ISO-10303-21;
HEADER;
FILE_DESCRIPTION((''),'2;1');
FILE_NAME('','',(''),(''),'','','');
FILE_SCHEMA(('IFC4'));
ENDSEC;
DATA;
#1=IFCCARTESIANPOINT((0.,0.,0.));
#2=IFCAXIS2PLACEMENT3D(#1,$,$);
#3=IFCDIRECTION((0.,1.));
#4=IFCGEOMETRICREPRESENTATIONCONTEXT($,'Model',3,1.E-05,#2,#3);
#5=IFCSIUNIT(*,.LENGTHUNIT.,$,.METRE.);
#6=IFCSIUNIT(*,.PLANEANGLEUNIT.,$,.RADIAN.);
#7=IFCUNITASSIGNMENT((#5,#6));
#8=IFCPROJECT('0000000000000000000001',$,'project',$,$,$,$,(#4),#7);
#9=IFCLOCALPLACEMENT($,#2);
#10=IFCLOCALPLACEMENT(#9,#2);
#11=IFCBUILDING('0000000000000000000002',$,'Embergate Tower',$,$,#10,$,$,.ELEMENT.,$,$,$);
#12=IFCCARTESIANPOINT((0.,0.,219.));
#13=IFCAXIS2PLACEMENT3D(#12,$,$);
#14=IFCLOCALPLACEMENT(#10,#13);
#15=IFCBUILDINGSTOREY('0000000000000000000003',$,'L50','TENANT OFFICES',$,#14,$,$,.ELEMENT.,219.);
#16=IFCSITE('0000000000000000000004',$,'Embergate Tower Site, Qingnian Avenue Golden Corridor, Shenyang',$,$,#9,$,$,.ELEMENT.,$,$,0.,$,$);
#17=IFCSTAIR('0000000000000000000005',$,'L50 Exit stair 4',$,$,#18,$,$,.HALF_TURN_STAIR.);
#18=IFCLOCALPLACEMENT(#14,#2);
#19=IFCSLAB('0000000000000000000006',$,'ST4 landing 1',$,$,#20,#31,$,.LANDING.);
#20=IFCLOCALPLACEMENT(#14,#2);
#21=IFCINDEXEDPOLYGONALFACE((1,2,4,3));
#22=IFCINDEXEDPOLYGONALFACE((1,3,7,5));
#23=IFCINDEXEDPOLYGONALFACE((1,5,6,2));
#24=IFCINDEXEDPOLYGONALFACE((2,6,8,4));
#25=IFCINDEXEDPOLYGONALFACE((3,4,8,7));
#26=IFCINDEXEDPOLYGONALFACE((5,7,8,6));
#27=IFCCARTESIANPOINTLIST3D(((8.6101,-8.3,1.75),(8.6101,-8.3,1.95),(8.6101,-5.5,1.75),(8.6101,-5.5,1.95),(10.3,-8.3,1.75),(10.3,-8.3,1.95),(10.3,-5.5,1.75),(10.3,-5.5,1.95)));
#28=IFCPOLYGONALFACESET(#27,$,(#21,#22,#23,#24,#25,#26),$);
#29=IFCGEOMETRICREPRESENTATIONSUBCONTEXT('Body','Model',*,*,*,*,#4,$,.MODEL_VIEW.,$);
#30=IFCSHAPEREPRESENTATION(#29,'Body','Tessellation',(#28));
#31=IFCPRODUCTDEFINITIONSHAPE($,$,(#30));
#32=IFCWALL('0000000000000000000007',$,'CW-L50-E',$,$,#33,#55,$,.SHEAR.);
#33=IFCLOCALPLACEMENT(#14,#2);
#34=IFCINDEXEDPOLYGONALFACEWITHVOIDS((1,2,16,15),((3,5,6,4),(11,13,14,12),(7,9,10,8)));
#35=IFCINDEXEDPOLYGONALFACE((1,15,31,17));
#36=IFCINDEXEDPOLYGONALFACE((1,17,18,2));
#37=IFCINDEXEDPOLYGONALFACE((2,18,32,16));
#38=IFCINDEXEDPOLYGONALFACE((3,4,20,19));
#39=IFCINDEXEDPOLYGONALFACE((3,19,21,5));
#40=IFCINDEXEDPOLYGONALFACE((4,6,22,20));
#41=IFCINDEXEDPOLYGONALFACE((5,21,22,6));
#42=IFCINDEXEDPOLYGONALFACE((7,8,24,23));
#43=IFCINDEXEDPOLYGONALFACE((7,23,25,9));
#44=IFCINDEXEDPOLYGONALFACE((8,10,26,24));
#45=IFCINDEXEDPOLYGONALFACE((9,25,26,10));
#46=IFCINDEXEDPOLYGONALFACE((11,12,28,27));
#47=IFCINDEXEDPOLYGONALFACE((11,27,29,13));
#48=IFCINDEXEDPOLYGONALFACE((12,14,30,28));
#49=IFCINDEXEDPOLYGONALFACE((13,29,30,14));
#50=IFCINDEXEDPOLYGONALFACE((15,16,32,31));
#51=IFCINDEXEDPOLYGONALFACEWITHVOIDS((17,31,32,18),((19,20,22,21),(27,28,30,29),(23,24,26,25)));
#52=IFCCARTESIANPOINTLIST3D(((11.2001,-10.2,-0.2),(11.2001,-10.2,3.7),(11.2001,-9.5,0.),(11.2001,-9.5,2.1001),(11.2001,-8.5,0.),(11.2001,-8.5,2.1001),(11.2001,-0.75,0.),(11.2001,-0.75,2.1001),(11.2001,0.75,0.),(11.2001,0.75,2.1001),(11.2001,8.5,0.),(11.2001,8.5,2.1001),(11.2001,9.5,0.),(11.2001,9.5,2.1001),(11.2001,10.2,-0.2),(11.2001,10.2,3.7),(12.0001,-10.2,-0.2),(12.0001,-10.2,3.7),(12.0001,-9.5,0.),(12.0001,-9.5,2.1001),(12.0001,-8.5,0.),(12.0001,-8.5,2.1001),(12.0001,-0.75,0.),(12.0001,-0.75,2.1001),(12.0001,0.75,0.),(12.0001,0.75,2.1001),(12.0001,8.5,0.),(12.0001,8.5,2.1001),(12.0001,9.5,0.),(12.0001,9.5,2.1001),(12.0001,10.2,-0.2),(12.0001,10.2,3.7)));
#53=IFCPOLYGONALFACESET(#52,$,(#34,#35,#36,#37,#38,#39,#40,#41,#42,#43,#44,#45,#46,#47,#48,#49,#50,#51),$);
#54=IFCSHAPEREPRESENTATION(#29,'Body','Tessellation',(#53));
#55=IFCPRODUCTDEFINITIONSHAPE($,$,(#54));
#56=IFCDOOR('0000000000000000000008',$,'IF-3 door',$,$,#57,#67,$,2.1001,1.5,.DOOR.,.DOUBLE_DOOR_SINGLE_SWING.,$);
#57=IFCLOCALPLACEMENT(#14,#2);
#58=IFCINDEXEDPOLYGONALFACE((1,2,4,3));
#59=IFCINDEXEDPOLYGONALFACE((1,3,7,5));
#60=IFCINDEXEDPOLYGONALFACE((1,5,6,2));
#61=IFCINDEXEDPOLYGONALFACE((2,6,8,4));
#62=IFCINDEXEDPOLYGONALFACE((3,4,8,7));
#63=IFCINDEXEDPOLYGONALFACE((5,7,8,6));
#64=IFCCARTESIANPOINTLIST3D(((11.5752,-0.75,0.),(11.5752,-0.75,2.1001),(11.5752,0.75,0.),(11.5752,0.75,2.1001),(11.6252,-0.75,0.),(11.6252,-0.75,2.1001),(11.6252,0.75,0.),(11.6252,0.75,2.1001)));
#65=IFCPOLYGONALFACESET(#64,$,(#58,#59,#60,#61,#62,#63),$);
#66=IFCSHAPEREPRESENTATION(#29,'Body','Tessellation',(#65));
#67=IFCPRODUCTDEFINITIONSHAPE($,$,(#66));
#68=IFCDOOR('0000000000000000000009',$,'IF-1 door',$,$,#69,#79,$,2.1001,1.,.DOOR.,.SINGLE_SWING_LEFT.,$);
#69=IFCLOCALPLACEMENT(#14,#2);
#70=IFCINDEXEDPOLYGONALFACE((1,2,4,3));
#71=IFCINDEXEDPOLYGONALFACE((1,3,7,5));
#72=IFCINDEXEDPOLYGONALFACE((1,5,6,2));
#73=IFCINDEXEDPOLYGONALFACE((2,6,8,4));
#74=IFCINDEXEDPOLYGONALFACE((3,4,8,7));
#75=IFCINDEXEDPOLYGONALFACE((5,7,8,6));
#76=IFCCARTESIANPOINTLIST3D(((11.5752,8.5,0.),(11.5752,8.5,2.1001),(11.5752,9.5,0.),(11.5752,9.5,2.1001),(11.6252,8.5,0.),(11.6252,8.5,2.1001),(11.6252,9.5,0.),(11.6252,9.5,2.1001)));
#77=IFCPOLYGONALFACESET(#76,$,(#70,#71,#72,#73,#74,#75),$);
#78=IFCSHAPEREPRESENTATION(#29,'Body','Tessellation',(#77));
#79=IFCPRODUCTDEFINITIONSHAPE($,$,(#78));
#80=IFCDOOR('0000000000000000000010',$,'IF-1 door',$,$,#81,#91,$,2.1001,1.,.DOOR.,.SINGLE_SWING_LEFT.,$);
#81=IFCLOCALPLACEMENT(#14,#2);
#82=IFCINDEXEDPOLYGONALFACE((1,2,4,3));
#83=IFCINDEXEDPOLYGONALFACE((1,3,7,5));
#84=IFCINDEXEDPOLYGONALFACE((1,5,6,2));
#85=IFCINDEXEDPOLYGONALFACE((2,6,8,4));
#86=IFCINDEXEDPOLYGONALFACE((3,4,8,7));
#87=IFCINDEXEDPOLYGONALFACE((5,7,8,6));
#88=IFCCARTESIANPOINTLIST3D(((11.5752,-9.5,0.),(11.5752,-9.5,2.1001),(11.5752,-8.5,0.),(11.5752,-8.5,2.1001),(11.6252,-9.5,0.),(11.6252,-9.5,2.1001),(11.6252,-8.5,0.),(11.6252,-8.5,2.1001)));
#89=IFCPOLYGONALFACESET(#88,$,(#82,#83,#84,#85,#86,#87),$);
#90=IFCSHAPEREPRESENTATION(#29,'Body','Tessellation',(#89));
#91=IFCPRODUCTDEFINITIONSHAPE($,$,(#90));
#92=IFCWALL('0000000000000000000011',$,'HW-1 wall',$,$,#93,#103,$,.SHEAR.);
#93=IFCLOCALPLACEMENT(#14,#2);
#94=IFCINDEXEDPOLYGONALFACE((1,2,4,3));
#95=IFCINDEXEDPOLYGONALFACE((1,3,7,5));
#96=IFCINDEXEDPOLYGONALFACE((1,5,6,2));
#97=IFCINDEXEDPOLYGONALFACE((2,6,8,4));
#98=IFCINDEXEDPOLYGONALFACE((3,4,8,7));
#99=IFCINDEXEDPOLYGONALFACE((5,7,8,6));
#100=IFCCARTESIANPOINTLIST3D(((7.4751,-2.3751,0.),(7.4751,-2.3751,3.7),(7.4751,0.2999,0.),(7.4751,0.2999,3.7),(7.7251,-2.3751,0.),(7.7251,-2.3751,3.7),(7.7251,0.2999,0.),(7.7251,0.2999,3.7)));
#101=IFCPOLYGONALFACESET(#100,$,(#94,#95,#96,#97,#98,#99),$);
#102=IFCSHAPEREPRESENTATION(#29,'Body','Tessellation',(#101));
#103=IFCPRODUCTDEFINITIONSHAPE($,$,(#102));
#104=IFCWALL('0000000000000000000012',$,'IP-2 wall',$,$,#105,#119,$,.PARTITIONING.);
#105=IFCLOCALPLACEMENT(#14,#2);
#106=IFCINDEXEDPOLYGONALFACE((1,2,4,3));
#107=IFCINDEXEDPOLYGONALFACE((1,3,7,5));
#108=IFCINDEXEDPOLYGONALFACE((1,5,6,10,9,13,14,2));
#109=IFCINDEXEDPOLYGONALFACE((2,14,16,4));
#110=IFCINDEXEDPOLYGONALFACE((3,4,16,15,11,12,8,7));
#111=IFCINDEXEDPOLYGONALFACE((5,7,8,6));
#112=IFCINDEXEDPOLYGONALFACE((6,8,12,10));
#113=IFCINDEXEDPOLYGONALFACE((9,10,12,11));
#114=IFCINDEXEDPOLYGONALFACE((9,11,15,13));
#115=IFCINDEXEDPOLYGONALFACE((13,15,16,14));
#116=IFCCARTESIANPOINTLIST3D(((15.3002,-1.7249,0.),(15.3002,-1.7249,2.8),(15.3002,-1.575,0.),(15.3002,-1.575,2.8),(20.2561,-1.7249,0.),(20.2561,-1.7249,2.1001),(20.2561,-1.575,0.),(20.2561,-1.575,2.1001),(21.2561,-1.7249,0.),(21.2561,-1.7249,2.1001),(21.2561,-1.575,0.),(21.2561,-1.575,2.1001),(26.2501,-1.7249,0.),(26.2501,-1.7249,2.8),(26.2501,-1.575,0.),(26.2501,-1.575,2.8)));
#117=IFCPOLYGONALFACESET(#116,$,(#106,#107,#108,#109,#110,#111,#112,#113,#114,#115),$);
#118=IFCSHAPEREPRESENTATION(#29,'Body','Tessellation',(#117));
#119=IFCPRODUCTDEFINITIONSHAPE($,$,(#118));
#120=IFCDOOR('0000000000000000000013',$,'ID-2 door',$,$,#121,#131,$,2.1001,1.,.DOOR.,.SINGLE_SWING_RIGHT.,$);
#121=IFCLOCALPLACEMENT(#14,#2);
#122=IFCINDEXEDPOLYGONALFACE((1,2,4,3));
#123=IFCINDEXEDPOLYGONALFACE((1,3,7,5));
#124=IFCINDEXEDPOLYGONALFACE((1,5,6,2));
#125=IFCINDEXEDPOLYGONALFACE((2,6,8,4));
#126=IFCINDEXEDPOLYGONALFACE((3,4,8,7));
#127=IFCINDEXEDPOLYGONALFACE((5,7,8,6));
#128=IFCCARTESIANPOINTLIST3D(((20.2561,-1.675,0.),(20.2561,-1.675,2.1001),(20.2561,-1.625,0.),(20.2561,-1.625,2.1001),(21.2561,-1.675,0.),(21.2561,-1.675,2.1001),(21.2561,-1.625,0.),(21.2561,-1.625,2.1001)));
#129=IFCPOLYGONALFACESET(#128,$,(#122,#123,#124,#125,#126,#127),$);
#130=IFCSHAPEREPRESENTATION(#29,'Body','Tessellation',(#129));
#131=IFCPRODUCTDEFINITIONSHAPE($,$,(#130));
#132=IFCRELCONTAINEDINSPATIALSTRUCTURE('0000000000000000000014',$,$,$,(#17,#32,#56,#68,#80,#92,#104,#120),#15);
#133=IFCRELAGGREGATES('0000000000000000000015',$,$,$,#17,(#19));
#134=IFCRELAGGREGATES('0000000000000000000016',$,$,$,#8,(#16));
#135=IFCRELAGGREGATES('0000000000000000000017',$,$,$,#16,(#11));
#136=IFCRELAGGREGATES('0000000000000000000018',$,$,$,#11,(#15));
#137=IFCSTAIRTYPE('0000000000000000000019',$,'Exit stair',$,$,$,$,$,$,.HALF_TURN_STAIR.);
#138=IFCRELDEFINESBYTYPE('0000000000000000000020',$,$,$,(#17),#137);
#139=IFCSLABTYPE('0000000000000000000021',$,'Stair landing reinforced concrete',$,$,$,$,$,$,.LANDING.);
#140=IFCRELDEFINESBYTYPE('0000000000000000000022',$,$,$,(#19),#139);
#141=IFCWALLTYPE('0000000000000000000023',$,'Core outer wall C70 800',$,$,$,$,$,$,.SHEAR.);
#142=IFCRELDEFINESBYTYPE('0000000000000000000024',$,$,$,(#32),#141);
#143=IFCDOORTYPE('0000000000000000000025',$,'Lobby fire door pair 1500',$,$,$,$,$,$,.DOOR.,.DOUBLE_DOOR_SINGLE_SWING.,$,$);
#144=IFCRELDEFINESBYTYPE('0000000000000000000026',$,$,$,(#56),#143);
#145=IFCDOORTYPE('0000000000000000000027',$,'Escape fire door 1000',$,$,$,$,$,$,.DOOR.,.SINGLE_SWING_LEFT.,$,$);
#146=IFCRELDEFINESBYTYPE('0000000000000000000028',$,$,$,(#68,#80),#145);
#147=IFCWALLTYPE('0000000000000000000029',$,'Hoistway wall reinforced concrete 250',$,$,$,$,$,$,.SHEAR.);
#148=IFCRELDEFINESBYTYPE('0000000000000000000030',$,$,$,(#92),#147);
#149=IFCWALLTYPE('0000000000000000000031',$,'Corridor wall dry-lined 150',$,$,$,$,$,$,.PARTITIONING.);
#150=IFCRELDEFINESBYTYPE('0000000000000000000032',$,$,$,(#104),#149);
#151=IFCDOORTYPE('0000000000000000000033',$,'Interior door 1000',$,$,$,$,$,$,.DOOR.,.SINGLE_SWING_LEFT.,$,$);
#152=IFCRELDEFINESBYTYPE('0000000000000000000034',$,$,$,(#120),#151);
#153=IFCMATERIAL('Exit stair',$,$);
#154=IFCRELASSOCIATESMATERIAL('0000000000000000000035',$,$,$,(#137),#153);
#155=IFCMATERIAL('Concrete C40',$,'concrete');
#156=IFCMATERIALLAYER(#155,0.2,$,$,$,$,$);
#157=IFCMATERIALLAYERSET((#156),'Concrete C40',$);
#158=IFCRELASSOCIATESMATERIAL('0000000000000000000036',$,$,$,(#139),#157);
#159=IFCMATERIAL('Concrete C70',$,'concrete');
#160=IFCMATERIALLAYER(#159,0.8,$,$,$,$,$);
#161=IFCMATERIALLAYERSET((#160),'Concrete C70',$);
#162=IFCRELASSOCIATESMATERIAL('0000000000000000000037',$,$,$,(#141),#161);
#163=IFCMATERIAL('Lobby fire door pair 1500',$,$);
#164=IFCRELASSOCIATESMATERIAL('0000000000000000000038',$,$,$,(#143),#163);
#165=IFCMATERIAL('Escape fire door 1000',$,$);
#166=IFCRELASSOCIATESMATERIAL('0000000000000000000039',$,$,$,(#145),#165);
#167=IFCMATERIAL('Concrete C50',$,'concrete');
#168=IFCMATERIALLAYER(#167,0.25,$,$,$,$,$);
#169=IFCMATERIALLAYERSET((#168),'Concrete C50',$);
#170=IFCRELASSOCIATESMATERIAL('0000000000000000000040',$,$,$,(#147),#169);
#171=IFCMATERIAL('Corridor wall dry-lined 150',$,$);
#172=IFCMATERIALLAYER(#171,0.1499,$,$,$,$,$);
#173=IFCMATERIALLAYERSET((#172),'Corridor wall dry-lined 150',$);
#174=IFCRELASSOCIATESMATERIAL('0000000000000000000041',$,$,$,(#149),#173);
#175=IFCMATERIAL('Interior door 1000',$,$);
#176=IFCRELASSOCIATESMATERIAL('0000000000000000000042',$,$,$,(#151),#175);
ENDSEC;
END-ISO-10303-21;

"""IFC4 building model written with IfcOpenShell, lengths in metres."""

from ifc_helpers import new_model, si_unit, direction, frame, frame_2d, origin, place, context, subcontext, project, spatial, polyline, rectangle, outline, extrude, source, transform, mapped, material, layer, layer_set, type_object, element, fill, aggregate, save


model = new_model("IFC4")

# Units and contexts
model_context = context("Model", 3, precision=1e-05, world=origin(), true_north=direction((0.0, 1.0)))
body_context = subcontext(model_context, "Body", "Model", "MODEL_VIEW")
ifc_project = project(units=[si_unit("LENGTHUNIT", "METRE"), si_unit("PLANEANGLEUNIT", "RADIAN")], contexts=[model_context])

# Site, building, storey
site_placement = place(None, origin())
site = spatial("IfcSite", under=ifc_project, at=site_placement, Name="Embergate Tower Site, Qingnian Avenue Golden Corridor, Shenyang", CompositionType="ELEMENT", RefElevation=0.0)
building_placement = place(site_placement, origin())
building = spatial("IfcBuilding", under=site, at=building_placement, Name="Embergate Tower", CompositionType="ELEMENT")
storey_placement = place(building_placement, frame((0.0, 0.0, 219.0)))
storey = spatial("IfcBuildingStorey", under=building, at=storey_placement, Name="L50", Description="TENANT OFFICES", CompositionType="ELEMENT", Elevation=219.0)

# Stair, slab
ifc_material_1 = material(Name="Exit stair")
stair_type = type_object("IfcStairType", Name="Exit stair", PredefinedType="HALF_TURN_STAIR", material=ifc_material_1)
stair_placement = place(storey_placement, origin())
stair = element("IfcStair", 1, at=stair_placement, inside=storey, type_object=stair_type, Name="L50 Exit stair 4", PredefinedType="HALF_TURN_STAIR")
ifc_material_2 = material(Name="Concrete C40", Category="concrete")
ifc_layer_1 = layer(ifc_material_2, 0.2)
ifc_layer_set_1 = layer_set([ifc_layer_1], Name="Concrete C40")
slab_type = type_object("IfcSlabType", Name="Stair landing reinforced concrete", PredefinedType="LANDING", material=ifc_layer_set_1)
shared_shape_1 = source(origin(), body_context, "Body", "SweptSolid", [
    extrude(outline(polyline([(0.0, 0.0), (1.6899, 0.0), (1.6899, 2.8), (0.0, 2.8), (0.0, 0.0)])), origin(), (0.0, 0.0, 1.0), 0.2),
])
slab_placement = place(storey_placement, frame((8.6101, -8.3, 1.75)))
slab = element("IfcSlab", 2, at=slab_placement, type_object=slab_type, Name="ST4 landing 1", PredefinedType="LANDING", context=body_context, shape_type="MappedRepresentation", body=[
    mapped(shared_shape_1, transform((0.0, 0.0, 0.0))),
])

# Wall, openings, doors
ifc_material_3 = material(Name="Concrete C70", Category="concrete")
ifc_layer_2 = layer(ifc_material_3, 0.8)
ifc_layer_set_2 = layer_set([ifc_layer_2], Name="Concrete C70")
wall_type_1 = type_object("IfcWallType", Name="Core outer wall C70 800", PredefinedType="SHEAR", material=ifc_layer_set_2)
shared_shape_2 = source(origin(), body_context, "Body", "SweptSolid", [
    extrude(rectangle(XDim=20.3999, YDim=0.8, at=frame_2d((10.2, 0.0))), origin(), (0.0, 0.0, 1.0), 3.8999),
])
wall_1_placement = place(storey_placement, frame((11.6001, -10.2, -0.2), z_axis=(0.0, 0.0, 1.0), x_axis=(0.0, 1.0, 0.0)))
wall_1 = element("IfcWall", 3, at=wall_1_placement, inside=storey, type_object=wall_type_1, Name="CW-L50-E", PredefinedType="SHEAR", context=body_context, shape_type="MappedRepresentation", body=[
    mapped(shared_shape_2, transform((0.0, 0.0, 0.0))),
])
shared_shape_3 = source(origin(), body_context, "Body", "SweptSolid", [
    extrude(rectangle(XDim=1.0, YDim=2.1001, at=frame_2d((0.5, 1.05))), frame((0.0, 0.4099, 0.0), z_axis=(0.0, -1.0, 0.0), x_axis=(1.0, 0.0, 0.0)), (0.0, 0.0, 1.0), 0.8201),
])
opening_1_placement = place(wall_1_placement, frame((18.7, 0.0, 0.2)))
opening_1 = element("IfcOpeningElement", 4, at=opening_1_placement, cuts=wall_1, PredefinedType="OPENING", context=body_context, shape_type="MappedRepresentation", body=[
    mapped(shared_shape_3, transform((0.0, 0.0, 0.0))),
])
opening_2_placement = place(wall_1_placement, frame((0.7, 0.0, 0.2)))
opening_2 = element("IfcOpeningElement", 5, at=opening_2_placement, cuts=wall_1, PredefinedType="OPENING", context=body_context, shape_type="MappedRepresentation", body=[
    mapped(shared_shape_3, transform((0.0, 0.0, 0.0))),
])
shared_shape_4 = source(origin(), body_context, "Body", "SweptSolid", [
    extrude(rectangle(XDim=1.5, YDim=2.1001, at=frame_2d((0.75, 1.05))), frame((0.0, 0.4099, 0.0), z_axis=(0.0, -1.0, 0.0), x_axis=(1.0, 0.0, 0.0)), (0.0, 0.0, 1.0), 0.8201),
])
opening_3_placement = place(wall_1_placement, frame((9.45, 0.0, 0.2)))
opening_3 = element("IfcOpeningElement", 6, at=opening_3_placement, cuts=wall_1, PredefinedType="OPENING", context=body_context, shape_type="MappedRepresentation", body=[
    mapped(shared_shape_4, transform((0.0, 0.0, 0.0))),
])
ifc_material_4 = material(Name="Lobby fire door pair 1500")
door_type_1 = type_object("IfcDoorType", Name="Lobby fire door pair 1500", OperationType="DOUBLE_DOOR_SINGLE_SWING", PredefinedType="DOOR", material=ifc_material_4)
shared_shape_5 = source(origin(), body_context, "Body", "SweptSolid", [
    extrude(rectangle(XDim=1.5, YDim=2.1001, at=frame_2d((0.75, 1.05))), frame((0.0, 0.0249, 0.0), z_axis=(0.0, -1.0, 0.0), x_axis=(1.0, 0.0, 0.0)), (0.0, 0.0, 1.0), 0.05),
])
door_1_placement = place(opening_3_placement, origin())
door_1 = element("IfcDoor", 7, at=door_1_placement, inside=storey, type_object=door_type_1, Name="IF-3 door", OperationType="DOUBLE_DOOR_SINGLE_SWING", OverallHeight=2.1001, OverallWidth=1.5, PredefinedType="DOOR", context=body_context, shape_type="MappedRepresentation", body=[
    mapped(shared_shape_5, transform((0.0, 0.0, 0.0))),
])
fill(opening_3, door_1)
ifc_material_5 = material(Name="Escape fire door 1000")
door_type_2 = type_object("IfcDoorType", Name="Escape fire door 1000", OperationType="SINGLE_SWING_LEFT", PredefinedType="DOOR", material=ifc_material_5)
shared_shape_6 = source(origin(), body_context, "Body", "SweptSolid", [
    extrude(rectangle(XDim=1.0, YDim=2.1001, at=frame_2d((0.5, 1.05))), frame((0.0, 0.0249, 0.0), z_axis=(0.0, -1.0, 0.0), x_axis=(1.0, 0.0, 0.0)), (0.0, 0.0, 1.0), 0.05),
])
door_2_placement = place(opening_1_placement, origin())
door_2 = element("IfcDoor", 8, at=door_2_placement, inside=storey, type_object=door_type_2, Name="IF-1 door", OperationType="SINGLE_SWING_LEFT", OverallHeight=2.1001, OverallWidth=1.0, PredefinedType="DOOR", context=body_context, shape_type="MappedRepresentation", body=[
    mapped(shared_shape_6, transform((0.0, 0.0, 0.0))),
])
fill(opening_1, door_2)
door_3_placement = place(opening_2_placement, origin())
door_3 = element("IfcDoor", 9, at=door_3_placement, inside=storey, type_object=door_type_2, Name="IF-1 door", OperationType="SINGLE_SWING_LEFT", OverallHeight=2.1001, OverallWidth=1.0, PredefinedType="DOOR", context=body_context, shape_type="MappedRepresentation", body=[
    mapped(shared_shape_6, transform((0.0, 0.0, 0.0))),
])
fill(opening_2, door_3)

# Wall
ifc_material_6 = material(Name="Concrete C50", Category="concrete")
ifc_layer_3 = layer(ifc_material_6, 0.25)
ifc_layer_set_3 = layer_set([ifc_layer_3], Name="Concrete C50")
wall_type_2 = type_object("IfcWallType", Name="Hoistway wall reinforced concrete 250", PredefinedType="SHEAR", material=ifc_layer_set_3)
shared_shape_7 = source(origin(), body_context, "Body", "SweptSolid", [
    extrude(rectangle(XDim=2.675, YDim=0.25, at=frame_2d((1.3374, 0.0))), origin(), (0.0, 0.0, 1.0), 3.7),
])
wall_2_placement = place(storey_placement, frame((7.6001, -2.375, 0.0), z_axis=(0.0, 0.0, 1.0), x_axis=(0.0, 1.0, 0.0)))
element("IfcWall", 10, at=wall_2_placement, inside=storey, type_object=wall_type_2, Name="HW-1 wall", PredefinedType="SHEAR", context=body_context, shape_type="MappedRepresentation", body=[
    mapped(shared_shape_7, transform((0.0, 0.0, 0.0))),
])

# Wall, opening, door
ifc_material_7 = material(Name="Corridor wall dry-lined 150")
ifc_layer_4 = layer(ifc_material_7, 0.1499)
ifc_layer_set_4 = layer_set([ifc_layer_4], Name="Corridor wall dry-lined 150")
wall_type_3 = type_object("IfcWallType", Name="Corridor wall dry-lined 150", PredefinedType="PARTITIONING", material=ifc_layer_set_4)
shared_shape_8 = source(origin(), body_context, "Body", "SweptSolid", [
    extrude(rectangle(XDim=10.95, YDim=0.1499, at=frame_2d((5.4751, 0.0))), origin(), (0.0, 0.0, 1.0), 2.8),
])
wall_3_placement = place(storey_placement, frame((15.3, -1.6499, 0.0), z_axis=(0.0, 0.0, 1.0), x_axis=(1.0, 0.0, 0.0)))
wall_3 = element("IfcWall", 11, at=wall_3_placement, inside=storey, type_object=wall_type_3, Name="IP-2 wall", PredefinedType="PARTITIONING", context=body_context, shape_type="MappedRepresentation", body=[
    mapped(shared_shape_8, transform((0.0, 0.0, 0.0))),
])
shared_shape_9 = source(origin(), body_context, "Body", "SweptSolid", [
    extrude(rectangle(XDim=1.0, YDim=2.1001, at=frame_2d((0.5, 1.05))), frame((0.0, 0.085, 0.0), z_axis=(0.0, -1.0, 0.0), x_axis=(1.0, 0.0, 0.0)), (0.0, 0.0, 1.0), 0.1699),
])
opening_4_placement = place(wall_3_placement, frame((4.9561, 0.0, 0.0)))
opening_4 = element("IfcOpeningElement", 12, at=opening_4_placement, cuts=wall_3, PredefinedType="OPENING", context=body_context, shape_type="MappedRepresentation", body=[
    mapped(shared_shape_9, transform((0.0, 0.0, 0.0))),
])
ifc_material_8 = material(Name="Interior door 1000")
door_type_3 = type_object("IfcDoorType", Name="Interior door 1000", OperationType="SINGLE_SWING_LEFT", PredefinedType="DOOR", material=ifc_material_8)
door_4_placement = place(opening_4_placement, origin())
door_4 = element("IfcDoor", 13, at=door_4_placement, inside=storey, type_object=door_type_3, Name="ID-2 door", OperationType="SINGLE_SWING_RIGHT", OverallHeight=2.1001, OverallWidth=1.0, PredefinedType="DOOR", context=body_context, shape_type="MappedRepresentation", body=[
    mapped(shared_shape_6, transform((0.0, 0.0, 0.0))),
])
fill(opening_4, door_4)

aggregate(stair, [slab])

save(model, "model.ifc")
